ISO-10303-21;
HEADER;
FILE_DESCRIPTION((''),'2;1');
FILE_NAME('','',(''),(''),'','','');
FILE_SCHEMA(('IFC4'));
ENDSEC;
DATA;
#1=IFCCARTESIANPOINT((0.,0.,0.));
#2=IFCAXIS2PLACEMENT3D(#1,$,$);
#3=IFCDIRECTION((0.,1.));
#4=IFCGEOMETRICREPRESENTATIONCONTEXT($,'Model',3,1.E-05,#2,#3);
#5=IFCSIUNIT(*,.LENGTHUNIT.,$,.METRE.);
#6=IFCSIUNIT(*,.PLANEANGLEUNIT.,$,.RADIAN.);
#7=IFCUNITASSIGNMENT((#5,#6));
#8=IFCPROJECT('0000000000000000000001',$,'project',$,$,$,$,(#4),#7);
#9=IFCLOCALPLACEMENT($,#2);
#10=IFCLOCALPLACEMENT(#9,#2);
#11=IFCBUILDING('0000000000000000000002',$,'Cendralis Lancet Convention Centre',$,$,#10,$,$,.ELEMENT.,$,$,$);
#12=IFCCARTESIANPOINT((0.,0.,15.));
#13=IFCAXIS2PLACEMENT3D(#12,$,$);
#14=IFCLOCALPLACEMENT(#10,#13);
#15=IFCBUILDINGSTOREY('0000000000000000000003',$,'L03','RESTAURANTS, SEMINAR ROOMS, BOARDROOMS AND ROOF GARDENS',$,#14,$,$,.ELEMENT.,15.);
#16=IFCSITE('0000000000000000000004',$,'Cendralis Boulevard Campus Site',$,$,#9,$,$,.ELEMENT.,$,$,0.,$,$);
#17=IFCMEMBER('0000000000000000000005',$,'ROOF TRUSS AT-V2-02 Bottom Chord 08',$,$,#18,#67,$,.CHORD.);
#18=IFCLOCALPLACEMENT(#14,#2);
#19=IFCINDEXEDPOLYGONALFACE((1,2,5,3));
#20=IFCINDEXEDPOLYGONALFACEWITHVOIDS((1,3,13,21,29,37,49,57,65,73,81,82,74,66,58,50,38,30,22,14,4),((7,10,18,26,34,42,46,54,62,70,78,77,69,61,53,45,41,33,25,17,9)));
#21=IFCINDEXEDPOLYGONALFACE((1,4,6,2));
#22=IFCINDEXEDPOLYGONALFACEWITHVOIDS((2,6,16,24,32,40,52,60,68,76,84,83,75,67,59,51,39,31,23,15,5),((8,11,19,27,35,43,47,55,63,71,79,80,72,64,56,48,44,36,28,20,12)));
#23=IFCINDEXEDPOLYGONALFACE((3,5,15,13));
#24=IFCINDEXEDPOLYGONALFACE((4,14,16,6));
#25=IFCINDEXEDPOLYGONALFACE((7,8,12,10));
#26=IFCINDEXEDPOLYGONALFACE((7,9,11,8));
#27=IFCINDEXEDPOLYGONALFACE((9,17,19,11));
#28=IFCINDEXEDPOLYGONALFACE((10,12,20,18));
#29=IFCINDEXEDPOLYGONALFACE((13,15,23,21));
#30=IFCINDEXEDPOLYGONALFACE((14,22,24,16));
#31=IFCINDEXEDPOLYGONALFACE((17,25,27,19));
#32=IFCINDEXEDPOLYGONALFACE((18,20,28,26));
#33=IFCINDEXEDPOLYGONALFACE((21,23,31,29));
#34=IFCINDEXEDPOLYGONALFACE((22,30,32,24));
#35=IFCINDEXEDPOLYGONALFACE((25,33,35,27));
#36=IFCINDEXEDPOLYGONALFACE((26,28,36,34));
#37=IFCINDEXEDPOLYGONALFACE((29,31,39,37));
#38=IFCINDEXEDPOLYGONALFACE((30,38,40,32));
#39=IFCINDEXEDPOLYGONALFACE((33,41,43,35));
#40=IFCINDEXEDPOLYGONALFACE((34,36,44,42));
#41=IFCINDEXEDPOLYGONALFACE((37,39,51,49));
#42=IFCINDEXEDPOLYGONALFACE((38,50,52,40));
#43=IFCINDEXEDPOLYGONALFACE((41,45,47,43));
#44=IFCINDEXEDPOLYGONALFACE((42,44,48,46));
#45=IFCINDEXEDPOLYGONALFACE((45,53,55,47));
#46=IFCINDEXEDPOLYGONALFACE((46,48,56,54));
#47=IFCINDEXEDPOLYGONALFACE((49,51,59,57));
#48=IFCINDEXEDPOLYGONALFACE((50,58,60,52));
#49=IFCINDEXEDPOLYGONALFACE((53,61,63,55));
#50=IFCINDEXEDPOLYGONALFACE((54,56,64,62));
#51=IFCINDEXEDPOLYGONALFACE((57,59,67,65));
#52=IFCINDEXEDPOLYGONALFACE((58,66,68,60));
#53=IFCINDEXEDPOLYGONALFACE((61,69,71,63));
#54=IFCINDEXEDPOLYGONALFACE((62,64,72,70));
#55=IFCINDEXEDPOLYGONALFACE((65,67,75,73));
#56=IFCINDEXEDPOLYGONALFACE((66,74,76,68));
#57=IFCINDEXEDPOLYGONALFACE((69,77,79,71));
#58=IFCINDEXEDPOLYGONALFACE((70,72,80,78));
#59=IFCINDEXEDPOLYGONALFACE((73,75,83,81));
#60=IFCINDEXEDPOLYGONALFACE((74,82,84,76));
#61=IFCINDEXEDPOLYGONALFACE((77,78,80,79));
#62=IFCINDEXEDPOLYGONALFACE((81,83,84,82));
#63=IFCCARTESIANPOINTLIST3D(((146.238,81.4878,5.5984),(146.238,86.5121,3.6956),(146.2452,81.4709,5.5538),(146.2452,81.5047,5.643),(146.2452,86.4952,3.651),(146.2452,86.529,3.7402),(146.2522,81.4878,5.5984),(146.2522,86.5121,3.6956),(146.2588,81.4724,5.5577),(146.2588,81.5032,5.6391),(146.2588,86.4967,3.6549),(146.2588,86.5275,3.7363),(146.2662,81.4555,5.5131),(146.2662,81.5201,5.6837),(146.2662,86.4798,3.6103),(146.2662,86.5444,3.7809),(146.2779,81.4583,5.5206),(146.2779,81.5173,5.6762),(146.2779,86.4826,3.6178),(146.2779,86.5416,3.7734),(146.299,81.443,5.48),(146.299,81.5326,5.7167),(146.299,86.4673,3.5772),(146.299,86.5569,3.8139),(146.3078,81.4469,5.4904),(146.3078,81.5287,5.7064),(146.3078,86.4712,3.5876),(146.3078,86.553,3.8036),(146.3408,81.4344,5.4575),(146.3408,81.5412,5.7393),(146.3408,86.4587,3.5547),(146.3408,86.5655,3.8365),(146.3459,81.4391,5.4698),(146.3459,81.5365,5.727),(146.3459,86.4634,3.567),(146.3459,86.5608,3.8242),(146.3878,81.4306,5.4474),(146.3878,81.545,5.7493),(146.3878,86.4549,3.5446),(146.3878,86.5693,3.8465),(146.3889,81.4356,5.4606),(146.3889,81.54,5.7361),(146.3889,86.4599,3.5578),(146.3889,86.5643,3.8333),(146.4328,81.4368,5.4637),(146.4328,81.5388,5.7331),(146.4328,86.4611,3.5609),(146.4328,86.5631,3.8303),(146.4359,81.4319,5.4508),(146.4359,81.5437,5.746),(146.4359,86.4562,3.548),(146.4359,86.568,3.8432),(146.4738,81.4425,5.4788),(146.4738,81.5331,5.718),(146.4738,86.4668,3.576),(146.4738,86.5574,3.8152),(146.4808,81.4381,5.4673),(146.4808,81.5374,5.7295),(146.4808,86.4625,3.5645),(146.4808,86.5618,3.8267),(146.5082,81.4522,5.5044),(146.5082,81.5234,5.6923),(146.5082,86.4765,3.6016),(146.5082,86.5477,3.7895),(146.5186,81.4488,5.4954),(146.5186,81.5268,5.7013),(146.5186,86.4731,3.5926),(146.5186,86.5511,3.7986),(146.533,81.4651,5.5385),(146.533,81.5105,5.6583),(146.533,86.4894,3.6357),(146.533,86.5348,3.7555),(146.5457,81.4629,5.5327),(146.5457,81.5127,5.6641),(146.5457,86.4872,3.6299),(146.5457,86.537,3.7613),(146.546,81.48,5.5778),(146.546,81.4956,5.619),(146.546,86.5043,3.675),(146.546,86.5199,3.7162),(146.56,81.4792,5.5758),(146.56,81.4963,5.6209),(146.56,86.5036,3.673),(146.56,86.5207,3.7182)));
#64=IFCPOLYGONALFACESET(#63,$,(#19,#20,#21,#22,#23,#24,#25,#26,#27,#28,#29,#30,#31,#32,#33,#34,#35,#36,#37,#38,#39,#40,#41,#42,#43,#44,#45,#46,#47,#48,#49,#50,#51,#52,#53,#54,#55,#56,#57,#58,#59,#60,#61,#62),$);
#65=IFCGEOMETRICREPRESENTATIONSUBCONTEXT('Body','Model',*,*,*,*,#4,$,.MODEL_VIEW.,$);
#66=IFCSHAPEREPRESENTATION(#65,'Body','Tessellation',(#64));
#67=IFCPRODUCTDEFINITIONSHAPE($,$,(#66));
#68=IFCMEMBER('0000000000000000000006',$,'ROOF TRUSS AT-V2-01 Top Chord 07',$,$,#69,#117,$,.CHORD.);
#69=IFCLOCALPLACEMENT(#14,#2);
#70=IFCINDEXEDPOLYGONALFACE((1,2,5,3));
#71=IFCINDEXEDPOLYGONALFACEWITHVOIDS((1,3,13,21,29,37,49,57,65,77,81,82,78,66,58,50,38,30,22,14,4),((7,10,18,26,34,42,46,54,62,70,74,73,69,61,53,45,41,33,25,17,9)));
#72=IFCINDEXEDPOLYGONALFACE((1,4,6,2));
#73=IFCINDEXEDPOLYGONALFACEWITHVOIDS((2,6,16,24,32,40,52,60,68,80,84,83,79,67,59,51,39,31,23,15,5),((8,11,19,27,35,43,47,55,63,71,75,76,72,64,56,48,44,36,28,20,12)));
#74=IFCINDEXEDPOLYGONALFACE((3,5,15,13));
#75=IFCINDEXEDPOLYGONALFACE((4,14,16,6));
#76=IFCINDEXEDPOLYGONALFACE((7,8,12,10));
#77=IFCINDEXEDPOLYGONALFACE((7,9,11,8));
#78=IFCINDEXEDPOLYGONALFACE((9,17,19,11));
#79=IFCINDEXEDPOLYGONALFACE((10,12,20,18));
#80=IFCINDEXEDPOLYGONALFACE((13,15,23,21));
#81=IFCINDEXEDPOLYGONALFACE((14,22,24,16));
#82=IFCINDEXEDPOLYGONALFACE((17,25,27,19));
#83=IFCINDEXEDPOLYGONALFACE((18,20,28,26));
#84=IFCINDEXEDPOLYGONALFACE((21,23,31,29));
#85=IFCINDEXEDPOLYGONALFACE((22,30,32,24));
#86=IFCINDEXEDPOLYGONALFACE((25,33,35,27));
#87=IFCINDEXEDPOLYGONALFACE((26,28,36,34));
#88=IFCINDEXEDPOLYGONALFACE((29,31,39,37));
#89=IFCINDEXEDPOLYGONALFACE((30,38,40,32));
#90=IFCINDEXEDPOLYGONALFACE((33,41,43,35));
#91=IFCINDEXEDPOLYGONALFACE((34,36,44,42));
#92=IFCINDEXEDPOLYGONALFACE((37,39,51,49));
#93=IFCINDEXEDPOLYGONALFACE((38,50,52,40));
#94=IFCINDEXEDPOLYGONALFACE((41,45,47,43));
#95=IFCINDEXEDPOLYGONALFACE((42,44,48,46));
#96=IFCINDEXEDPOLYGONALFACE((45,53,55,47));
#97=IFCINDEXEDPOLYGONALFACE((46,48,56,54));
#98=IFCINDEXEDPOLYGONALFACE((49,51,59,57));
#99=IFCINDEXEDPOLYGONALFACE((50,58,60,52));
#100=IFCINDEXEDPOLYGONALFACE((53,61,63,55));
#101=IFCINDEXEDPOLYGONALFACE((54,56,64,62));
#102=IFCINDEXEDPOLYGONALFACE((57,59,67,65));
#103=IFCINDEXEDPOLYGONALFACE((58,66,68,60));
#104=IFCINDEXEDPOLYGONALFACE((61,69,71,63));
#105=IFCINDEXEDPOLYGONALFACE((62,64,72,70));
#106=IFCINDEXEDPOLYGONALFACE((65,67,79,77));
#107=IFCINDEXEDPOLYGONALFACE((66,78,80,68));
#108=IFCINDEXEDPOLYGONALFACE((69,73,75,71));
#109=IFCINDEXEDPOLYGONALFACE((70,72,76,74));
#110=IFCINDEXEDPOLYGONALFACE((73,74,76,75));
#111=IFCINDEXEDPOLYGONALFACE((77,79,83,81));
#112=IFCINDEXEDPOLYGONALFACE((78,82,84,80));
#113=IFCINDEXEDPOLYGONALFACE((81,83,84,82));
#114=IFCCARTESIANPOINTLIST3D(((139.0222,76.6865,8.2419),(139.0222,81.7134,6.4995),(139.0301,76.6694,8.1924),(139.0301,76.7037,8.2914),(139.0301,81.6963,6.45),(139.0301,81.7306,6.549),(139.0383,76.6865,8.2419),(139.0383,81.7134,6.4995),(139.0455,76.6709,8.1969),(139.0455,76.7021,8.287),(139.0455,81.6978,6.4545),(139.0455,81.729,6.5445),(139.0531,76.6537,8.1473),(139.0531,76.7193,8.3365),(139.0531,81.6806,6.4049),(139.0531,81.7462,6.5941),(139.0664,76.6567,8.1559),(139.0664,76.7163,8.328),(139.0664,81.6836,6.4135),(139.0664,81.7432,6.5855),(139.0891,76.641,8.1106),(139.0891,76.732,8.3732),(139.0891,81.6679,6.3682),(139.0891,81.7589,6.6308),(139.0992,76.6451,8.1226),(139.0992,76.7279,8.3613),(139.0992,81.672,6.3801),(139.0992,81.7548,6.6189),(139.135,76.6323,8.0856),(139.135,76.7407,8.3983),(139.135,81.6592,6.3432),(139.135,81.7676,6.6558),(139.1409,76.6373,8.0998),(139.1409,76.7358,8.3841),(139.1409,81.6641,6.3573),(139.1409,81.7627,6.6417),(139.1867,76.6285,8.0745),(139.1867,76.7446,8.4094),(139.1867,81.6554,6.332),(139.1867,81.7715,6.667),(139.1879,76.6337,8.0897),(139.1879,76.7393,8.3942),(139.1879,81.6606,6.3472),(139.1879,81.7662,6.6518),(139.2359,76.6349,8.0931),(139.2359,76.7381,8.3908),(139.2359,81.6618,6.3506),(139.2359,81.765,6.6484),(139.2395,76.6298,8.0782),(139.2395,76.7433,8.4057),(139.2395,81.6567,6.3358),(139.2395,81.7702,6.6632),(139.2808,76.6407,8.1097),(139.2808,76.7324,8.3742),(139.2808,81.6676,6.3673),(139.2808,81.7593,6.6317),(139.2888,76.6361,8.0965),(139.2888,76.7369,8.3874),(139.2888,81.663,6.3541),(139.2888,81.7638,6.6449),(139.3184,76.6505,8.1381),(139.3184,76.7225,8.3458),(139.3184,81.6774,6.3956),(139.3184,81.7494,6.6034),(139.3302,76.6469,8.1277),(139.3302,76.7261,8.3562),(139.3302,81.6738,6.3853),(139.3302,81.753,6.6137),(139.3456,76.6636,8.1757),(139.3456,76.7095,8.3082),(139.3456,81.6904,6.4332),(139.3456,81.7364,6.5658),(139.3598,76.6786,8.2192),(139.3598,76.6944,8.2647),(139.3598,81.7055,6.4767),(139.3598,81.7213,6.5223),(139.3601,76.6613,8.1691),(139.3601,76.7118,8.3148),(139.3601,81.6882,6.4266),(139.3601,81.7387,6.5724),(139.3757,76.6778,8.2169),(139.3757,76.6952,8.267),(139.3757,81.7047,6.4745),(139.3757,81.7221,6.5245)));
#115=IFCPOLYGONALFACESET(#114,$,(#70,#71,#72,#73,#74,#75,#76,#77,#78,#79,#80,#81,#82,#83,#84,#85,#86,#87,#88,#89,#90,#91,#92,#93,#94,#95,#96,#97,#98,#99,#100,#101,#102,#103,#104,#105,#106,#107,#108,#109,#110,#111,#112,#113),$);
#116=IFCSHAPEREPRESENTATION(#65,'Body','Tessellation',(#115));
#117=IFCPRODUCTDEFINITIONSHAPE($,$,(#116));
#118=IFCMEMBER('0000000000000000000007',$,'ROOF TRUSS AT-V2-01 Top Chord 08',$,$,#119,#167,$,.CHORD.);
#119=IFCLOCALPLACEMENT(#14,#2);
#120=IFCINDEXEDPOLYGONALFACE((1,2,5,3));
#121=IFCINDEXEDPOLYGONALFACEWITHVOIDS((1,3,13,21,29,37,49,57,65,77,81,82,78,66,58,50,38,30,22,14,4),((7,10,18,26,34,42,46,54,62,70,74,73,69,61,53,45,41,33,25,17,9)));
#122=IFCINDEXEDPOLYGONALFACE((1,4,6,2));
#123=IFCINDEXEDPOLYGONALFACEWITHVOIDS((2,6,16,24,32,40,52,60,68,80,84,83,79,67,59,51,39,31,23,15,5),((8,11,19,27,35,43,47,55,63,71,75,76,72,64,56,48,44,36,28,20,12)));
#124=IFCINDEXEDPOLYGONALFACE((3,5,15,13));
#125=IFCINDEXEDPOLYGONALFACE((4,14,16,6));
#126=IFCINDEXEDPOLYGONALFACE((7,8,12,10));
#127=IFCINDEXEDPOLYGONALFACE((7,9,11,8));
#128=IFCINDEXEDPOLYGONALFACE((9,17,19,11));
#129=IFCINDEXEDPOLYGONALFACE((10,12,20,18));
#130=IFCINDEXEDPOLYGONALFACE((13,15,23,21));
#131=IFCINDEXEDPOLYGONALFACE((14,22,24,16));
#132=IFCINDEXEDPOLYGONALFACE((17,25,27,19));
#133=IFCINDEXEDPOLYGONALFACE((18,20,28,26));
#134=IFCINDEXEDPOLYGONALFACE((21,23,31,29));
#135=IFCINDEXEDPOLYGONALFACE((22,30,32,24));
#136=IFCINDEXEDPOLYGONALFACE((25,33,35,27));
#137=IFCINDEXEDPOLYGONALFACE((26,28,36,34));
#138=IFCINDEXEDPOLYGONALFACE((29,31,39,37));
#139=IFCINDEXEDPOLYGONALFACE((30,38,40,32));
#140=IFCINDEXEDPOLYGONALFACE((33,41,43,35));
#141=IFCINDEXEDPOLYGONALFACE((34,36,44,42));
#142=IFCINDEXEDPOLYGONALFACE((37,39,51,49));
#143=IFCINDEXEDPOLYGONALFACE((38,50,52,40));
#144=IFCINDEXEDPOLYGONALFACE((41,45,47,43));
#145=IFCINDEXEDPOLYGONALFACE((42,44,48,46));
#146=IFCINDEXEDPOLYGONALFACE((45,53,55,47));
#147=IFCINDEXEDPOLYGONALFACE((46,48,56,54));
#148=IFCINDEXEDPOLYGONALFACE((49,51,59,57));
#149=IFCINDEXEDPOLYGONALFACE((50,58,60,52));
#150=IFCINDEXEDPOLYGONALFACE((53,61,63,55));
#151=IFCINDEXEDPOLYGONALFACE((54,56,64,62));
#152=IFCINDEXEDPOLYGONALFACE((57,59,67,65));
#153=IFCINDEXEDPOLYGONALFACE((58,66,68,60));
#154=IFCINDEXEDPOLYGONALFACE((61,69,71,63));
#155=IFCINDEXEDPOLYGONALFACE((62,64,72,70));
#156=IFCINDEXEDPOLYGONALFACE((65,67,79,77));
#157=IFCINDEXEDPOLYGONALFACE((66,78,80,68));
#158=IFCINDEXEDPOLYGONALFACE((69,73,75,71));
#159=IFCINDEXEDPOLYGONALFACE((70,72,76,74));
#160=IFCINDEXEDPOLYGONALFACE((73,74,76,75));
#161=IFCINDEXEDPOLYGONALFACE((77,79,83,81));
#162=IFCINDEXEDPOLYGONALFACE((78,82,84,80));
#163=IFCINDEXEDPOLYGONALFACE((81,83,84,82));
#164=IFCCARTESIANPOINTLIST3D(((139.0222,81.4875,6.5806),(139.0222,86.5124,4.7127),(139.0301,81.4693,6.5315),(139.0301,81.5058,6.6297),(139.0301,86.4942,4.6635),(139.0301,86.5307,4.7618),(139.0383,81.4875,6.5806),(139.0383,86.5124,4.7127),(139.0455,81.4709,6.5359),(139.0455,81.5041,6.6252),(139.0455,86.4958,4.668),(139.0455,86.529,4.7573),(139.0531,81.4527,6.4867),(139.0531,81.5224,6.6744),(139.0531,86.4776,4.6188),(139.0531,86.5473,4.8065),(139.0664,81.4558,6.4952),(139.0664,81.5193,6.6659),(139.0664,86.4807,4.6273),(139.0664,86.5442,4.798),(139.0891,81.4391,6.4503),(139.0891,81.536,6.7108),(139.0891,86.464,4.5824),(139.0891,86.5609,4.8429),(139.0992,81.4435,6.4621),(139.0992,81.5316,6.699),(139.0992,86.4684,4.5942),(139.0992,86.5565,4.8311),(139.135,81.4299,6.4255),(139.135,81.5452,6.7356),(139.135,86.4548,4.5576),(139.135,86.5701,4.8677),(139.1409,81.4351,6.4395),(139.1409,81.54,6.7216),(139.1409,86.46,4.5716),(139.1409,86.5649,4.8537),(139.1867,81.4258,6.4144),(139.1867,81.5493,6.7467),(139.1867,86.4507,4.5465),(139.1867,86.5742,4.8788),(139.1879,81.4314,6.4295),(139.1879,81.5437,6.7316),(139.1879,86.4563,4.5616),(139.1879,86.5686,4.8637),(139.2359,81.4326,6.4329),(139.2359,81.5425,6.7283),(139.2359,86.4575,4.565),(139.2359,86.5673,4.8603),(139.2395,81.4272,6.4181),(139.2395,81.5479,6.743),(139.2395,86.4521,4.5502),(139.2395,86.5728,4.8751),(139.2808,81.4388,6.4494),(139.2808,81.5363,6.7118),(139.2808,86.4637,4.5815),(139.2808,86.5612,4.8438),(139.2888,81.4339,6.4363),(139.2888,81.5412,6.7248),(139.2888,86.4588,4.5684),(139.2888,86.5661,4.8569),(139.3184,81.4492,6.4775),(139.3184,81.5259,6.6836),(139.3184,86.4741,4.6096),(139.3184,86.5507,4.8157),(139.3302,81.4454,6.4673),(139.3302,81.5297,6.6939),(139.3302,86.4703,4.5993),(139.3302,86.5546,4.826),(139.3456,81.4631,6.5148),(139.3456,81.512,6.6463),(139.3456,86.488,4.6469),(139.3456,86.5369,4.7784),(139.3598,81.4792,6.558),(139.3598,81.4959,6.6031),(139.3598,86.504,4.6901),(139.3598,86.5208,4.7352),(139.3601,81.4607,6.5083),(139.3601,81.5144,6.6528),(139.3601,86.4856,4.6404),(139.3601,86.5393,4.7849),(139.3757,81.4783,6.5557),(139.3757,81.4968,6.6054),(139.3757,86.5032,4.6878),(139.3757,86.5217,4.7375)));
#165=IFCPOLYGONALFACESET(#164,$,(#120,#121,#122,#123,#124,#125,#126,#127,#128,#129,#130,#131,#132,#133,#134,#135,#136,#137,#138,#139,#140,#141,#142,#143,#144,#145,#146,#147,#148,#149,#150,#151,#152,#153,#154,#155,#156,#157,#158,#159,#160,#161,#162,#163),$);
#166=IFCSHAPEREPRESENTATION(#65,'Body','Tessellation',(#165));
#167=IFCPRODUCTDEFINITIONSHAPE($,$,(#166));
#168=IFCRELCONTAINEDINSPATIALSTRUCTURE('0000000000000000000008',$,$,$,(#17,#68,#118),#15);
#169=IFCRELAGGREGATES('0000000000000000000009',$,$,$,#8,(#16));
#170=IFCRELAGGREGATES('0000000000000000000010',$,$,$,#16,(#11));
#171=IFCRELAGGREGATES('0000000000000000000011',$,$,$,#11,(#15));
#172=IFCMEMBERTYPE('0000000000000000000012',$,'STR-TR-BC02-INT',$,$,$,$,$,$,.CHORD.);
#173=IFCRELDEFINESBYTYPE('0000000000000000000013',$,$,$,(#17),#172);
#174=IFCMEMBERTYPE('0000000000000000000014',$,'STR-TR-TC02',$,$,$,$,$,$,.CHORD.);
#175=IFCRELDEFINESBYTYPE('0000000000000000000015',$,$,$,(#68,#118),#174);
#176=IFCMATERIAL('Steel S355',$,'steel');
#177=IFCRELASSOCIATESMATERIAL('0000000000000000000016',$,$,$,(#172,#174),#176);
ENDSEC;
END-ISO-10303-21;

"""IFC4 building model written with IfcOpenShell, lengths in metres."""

from ifc_helpers import new_model, si_unit, direction, frame, origin, origin_2d, place, context, subcontext, project, spatial, hollow_circle, extrude, material, material_profile, profile_set, type_object, element, save


model = new_model("IFC4")

# Units and contexts
model_context = context("Model", 3, precision=1e-05, world=origin(), true_north=direction((0.0, 1.0)))
body_context = subcontext(model_context, "Body", "Model", "MODEL_VIEW")
ifc_project = project(units=[si_unit("LENGTHUNIT", "METRE"), si_unit("PLANEANGLEUNIT", "RADIAN")], contexts=[model_context])

# Site, building, storey
site_placement = place(None, origin())
site = spatial("IfcSite", under=ifc_project, at=site_placement, Name="Cendralis Boulevard Campus Site", CompositionType="ELEMENT", RefElevation=0.0)
building_placement = place(site_placement, origin())
building = spatial("IfcBuilding", under=site, at=building_placement, Name="Cendralis Lancet Convention Centre", CompositionType="ELEMENT")
storey_placement = place(building_placement, frame((0.0, 0.0, 15.0)))
storey = spatial("IfcBuildingStorey", under=building, at=storey_placement, Name="L03", Description="RESTAURANTS, SEMINAR ROOMS, BOARDROOMS AND ROOF GARDENS", CompositionType="ELEMENT", Elevation=15.0)

# Shared definitions
ifc_material_1 = material(Name="Steel S355", Category="steel")

# Members
ifc_material_profile_1 = material_profile(ifc_material_1, hollow_circle(Radius=0.1619, WallThickness=0.0142, at=origin_2d()), Name="CHS 323.9x14.2")
ifc_profile_set_1 = profile_set([ifc_material_profile_1], Name="Steel S355")
member_type_1 = type_object("IfcMemberType", Name="STR-TR-BC02-INT", PredefinedType="CHORD", material=ifc_profile_set_1)
member_1_placement = place(storey_placement, frame((146.3999, 81.4878, 5.5984), z_axis=(0.0, 0.935181, -0.354169), x_axis=(-1.0, 0.0, 0.0)))
element("IfcMember", 1, at=member_1_placement, inside=storey, type_object=member_type_1, Name="ROOF TRUSS AT-V2-02 Bottom Chord 08", PredefinedType="CHORD", context=body_context, shape_type="SweptSolid", body=[
    extrude(hollow_circle(Radius=0.1619, WallThickness=0.0142, at=origin_2d()), origin(), (0.0, 0.0, 1.0), 5.3726),
])
ifc_material_profile_2 = material_profile(ifc_material_1, hollow_circle(Radius=0.1777, WallThickness=0.0161, at=origin_2d()), Name="CHS 355.6x16.0")
ifc_profile_set_2 = profile_set([ifc_material_profile_2], Name="Steel S355")
member_type_2 = type_object("IfcMemberType", Name="STR-TR-TC02", PredefinedType="CHORD", material=ifc_profile_set_2)
member_2_placement = place(storey_placement, frame((139.2, 76.6865, 8.2419), z_axis=(0.0, 0.944849, -0.327508), x_axis=(-1.0, 0.0, 0.0)))
element("IfcMember", 2, at=member_2_placement, inside=storey, type_object=member_type_2, Name="ROOF TRUSS AT-V2-01 Top Chord 07", PredefinedType="CHORD", context=body_context, shape_type="SweptSolid", body=[
    extrude(hollow_circle(Radius=0.1777, WallThickness=0.0161, at=origin_2d()), origin(), (0.0, 0.0, 1.0), 5.3203),
])
member_3_placement = place(storey_placement, frame((139.2, 81.4875, 6.5806), z_axis=(0.0, 0.937332, -0.348437), x_axis=(-1.0, 0.0, 0.0)))
element("IfcMember", 3, at=member_3_placement, inside=storey, type_object=member_type_2, Name="ROOF TRUSS AT-V2-01 Top Chord 08", PredefinedType="CHORD", context=body_context, shape_type="SweptSolid", body=[
    extrude(hollow_circle(Radius=0.1777, WallThickness=0.0161, at=origin_2d()), origin(), (0.0, 0.0, 1.0), 5.3608),
])

save(model, "model.ifc")
